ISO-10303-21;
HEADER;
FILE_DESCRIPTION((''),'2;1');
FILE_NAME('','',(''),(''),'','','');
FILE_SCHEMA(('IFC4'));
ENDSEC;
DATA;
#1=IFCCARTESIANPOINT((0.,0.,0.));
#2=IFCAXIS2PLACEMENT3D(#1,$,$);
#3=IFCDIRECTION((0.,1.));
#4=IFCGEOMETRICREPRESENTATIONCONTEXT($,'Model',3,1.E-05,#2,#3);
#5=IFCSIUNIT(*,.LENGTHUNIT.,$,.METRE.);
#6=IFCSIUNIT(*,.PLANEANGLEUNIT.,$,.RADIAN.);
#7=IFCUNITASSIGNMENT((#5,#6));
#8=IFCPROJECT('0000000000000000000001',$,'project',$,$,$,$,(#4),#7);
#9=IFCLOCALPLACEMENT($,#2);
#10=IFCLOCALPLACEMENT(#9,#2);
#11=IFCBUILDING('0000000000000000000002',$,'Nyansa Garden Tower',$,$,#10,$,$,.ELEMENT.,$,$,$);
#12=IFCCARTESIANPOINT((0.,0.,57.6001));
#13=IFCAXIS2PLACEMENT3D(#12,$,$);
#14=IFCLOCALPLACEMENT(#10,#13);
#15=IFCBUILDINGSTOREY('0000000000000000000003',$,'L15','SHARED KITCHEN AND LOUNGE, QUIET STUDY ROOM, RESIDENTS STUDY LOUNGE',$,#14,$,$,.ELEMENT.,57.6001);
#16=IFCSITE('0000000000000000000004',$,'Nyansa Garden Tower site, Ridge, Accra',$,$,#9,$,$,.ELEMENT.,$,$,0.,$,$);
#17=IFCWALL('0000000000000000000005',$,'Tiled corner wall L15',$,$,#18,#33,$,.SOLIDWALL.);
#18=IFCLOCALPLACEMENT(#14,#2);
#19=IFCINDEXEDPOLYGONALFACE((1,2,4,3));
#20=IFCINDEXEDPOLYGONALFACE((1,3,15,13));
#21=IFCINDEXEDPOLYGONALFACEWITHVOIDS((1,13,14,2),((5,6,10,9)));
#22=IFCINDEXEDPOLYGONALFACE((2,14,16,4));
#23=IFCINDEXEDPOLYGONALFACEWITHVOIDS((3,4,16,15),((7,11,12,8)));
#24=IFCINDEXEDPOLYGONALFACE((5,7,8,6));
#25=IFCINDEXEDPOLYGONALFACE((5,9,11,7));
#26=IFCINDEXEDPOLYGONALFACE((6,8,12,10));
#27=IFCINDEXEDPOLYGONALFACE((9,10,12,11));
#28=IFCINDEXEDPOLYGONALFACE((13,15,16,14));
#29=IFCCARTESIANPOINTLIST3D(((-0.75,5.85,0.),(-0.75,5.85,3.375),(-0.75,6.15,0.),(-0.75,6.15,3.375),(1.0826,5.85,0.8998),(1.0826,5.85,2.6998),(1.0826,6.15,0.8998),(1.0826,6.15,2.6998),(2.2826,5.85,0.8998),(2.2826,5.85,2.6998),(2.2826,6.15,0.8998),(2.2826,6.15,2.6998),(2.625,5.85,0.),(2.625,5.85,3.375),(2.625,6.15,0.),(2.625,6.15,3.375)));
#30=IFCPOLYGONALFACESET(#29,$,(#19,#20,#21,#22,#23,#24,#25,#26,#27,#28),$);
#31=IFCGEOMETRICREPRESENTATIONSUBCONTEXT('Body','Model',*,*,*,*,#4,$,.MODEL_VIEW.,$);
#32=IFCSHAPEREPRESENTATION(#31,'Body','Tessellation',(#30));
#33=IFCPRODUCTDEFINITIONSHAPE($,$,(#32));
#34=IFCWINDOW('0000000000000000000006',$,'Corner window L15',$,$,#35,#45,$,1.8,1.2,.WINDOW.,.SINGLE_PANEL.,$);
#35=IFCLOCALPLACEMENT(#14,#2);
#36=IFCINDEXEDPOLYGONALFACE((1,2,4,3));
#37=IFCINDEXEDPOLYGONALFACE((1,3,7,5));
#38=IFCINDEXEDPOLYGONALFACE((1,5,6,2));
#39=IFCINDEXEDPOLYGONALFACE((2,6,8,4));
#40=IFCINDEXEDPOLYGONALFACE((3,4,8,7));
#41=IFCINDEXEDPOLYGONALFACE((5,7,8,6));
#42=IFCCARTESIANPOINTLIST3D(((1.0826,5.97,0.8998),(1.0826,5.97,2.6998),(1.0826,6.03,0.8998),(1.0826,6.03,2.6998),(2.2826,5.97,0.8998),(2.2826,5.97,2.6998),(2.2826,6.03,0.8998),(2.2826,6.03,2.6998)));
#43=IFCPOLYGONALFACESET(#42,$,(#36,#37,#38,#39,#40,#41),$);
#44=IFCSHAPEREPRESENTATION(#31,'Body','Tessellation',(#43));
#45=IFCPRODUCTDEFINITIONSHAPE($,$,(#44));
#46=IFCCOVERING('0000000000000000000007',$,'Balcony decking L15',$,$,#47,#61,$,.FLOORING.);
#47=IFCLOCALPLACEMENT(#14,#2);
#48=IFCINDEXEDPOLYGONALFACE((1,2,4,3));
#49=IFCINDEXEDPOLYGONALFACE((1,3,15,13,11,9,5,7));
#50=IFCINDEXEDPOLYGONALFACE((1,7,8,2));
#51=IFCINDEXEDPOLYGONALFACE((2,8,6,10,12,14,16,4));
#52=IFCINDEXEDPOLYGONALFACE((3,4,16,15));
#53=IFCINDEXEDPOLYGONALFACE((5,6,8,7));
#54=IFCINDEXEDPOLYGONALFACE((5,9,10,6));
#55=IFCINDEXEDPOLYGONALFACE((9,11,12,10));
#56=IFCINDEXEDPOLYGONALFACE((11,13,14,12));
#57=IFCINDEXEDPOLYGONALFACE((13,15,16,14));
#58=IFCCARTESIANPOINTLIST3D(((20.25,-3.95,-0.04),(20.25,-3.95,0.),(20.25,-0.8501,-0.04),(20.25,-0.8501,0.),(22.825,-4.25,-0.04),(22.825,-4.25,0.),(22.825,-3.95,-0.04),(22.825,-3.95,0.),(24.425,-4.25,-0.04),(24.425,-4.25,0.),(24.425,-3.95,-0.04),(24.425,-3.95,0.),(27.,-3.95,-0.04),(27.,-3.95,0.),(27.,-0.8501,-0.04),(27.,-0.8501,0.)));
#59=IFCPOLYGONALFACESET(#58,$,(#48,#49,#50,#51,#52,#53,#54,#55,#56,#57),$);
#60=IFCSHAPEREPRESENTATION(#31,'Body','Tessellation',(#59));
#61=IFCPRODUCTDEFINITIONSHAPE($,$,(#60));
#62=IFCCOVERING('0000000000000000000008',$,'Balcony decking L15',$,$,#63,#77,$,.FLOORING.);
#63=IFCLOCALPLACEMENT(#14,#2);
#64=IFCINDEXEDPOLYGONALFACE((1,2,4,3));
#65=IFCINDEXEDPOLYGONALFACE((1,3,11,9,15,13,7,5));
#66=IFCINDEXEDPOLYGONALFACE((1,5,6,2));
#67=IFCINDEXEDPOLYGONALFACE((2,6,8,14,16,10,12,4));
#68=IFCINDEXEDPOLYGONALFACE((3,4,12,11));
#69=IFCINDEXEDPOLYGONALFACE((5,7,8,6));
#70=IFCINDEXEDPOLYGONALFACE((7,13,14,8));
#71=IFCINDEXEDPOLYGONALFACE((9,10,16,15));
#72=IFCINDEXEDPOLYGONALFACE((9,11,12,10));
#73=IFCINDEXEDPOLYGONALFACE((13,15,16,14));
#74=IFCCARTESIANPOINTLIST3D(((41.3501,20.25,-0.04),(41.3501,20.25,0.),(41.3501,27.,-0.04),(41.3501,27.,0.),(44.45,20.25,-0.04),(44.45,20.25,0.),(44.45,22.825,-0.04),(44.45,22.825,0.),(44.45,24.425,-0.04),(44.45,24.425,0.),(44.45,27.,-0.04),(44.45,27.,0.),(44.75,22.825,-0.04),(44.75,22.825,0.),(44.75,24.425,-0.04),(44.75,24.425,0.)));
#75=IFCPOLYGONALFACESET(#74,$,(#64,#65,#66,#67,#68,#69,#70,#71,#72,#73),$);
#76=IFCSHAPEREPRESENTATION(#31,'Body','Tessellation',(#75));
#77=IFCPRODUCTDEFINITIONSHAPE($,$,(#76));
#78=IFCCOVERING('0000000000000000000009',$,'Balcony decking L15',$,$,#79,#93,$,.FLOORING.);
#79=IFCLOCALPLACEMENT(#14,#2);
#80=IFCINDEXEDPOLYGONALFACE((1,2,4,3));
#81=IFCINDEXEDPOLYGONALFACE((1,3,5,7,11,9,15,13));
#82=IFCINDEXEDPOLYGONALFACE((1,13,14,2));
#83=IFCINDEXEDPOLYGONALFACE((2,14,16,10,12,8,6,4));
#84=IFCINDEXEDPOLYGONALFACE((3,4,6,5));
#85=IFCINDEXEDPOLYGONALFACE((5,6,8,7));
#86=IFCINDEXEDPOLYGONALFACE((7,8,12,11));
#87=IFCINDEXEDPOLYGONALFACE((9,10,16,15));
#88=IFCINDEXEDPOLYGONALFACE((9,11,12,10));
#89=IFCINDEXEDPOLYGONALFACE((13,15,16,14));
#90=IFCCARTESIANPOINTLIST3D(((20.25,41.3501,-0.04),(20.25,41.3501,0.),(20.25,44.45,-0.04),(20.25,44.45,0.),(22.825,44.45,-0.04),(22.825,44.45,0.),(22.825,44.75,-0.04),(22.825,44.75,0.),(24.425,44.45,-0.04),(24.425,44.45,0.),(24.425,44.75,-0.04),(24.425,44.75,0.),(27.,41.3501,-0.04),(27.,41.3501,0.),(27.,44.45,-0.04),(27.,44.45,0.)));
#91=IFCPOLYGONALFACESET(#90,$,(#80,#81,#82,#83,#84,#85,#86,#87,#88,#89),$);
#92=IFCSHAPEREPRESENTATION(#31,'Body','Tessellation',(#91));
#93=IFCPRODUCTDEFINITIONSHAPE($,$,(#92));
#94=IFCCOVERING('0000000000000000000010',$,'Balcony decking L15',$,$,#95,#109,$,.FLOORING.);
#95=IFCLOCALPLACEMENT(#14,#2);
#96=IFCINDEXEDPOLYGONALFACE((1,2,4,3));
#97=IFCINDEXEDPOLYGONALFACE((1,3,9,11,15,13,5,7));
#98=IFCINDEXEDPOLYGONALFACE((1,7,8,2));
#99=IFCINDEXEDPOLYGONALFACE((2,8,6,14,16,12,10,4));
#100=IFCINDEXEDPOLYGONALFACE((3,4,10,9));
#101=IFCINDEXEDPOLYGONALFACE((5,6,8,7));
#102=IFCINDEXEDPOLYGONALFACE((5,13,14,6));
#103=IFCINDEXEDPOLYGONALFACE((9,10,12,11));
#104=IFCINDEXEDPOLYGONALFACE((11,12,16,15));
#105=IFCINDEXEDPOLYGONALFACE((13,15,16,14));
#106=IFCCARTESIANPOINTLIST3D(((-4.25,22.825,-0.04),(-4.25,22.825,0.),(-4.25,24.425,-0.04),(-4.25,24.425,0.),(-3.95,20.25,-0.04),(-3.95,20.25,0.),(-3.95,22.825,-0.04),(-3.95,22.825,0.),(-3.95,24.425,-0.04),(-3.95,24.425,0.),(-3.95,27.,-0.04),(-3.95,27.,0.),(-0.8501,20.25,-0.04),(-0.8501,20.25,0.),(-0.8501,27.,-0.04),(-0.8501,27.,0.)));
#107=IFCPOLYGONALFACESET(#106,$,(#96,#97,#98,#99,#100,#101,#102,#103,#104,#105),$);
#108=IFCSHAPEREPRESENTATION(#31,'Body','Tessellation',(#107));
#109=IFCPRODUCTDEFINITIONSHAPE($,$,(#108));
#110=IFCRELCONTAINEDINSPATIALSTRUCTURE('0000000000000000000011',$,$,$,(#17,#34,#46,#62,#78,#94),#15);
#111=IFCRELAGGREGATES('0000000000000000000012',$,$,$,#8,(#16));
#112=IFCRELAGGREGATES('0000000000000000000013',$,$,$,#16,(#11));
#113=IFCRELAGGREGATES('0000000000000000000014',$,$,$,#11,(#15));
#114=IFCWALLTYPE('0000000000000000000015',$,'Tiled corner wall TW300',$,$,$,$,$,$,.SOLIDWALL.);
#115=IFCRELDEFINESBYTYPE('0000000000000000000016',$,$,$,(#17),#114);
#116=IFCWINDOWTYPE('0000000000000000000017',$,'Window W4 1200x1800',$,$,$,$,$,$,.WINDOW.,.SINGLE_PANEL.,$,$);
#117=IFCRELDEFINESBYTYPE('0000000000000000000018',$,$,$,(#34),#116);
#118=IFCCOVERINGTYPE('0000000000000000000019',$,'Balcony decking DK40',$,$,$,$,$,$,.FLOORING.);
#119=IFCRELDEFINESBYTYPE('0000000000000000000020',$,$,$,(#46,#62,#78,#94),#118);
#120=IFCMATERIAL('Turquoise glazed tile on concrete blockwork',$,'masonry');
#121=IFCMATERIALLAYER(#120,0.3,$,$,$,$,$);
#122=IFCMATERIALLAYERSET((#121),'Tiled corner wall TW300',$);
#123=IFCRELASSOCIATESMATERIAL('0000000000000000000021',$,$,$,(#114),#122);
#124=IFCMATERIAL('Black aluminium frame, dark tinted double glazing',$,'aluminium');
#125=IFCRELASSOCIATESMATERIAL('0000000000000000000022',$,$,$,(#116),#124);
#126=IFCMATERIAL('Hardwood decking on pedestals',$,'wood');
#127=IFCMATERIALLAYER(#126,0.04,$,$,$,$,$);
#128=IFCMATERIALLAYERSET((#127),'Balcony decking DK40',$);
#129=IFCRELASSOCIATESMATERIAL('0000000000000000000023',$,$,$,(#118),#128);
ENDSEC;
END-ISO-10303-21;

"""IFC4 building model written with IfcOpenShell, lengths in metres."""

from ifc_helpers import new_model, si_unit, direction, frame, frame_2d, origin, place, context, subcontext, project, spatial, polyline, rectangle, outline, extrude, material, layer, layer_set, type_object, element, fill, save


model = new_model("IFC4")

# Units and contexts
model_context = context("Model", 3, precision=1e-05, world=origin(), true_north=direction((0.0, 1.0)))
body_context = subcontext(model_context, "Body", "Model", "MODEL_VIEW")
ifc_project = project(units=[si_unit("LENGTHUNIT", "METRE"), si_unit("PLANEANGLEUNIT", "RADIAN")], contexts=[model_context])

# Site, building, storey
site_placement = place(None, origin())
site = spatial("IfcSite", under=ifc_project, at=site_placement, Name="Nyansa Garden Tower site, Ridge, Accra", CompositionType="ELEMENT", RefElevation=0.0)
building_placement = place(site_placement, origin())
building = spatial("IfcBuilding", under=site, at=building_placement, Name="Nyansa Garden Tower", CompositionType="ELEMENT")
storey_placement = place(building_placement, frame((0.0, 0.0, 57.6001)))
storey = spatial("IfcBuildingStorey", under=building, at=storey_placement, Name="L15", Description="SHARED KITCHEN AND LOUNGE, QUIET STUDY ROOM, RESIDENTS STUDY LOUNGE", CompositionType="ELEMENT", Elevation=57.6001)

# Wall, opening, window
ifc_material_1 = material(Name="Turquoise glazed tile on concrete blockwork", Category="masonry")
ifc_layer_1 = layer(ifc_material_1, 0.3)
ifc_layer_set_1 = layer_set([ifc_layer_1], Name="Tiled corner wall TW300")
wall_type = type_object("IfcWallType", Name="Tiled corner wall TW300", PredefinedType="SOLIDWALL", material=ifc_layer_set_1)
wall_placement = place(storey_placement, frame((-0.75, 6.0, 0.0), z_axis=(0.0, 0.0, 1.0), x_axis=(1.0, 0.0, 0.0)))
wall = element("IfcWall", 1, at=wall_placement, inside=storey, type_object=wall_type, Name="Tiled corner wall L15", PredefinedType="SOLIDWALL", context=body_context, shape_type="SweptSolid", body=[
    extrude(rectangle(XDim=3.375, YDim=0.3, at=frame_2d((1.6875, 0.0))), origin(), (0.0, 0.0, 1.0), 3.375),
])
opening_placement = place(wall_placement, frame((1.8325, 0.0, 0.8999)))
opening = element("IfcOpeningElement", 2, at=opening_placement, cuts=wall, PredefinedType="OPENING", context=body_context, shape_type="SweptSolid", body=[
    extrude(rectangle(XDim=1.2, YDim=1.8, at=frame_2d((0.6001, 0.8999))), frame((0.0, 0.1599, 0.0), z_axis=(0.0, -1.0, 0.0), x_axis=(1.0, 0.0, 0.0)), (0.0, 0.0, 1.0), 0.3201),
])
ifc_material_2 = material(Name="Black aluminium frame, dark tinted double glazing", Category="aluminium")
window_type = type_object("IfcWindowType", Name="Window W4 1200x1800", PartitioningType="SINGLE_PANEL", PredefinedType="WINDOW", material=ifc_material_2)
window_placement = place(opening_placement, origin())
window = element("IfcWindow", 3, at=window_placement, inside=storey, type_object=window_type, Name="Corner window L15", OverallHeight=1.8, OverallWidth=1.2, PartitioningType="SINGLE_PANEL", PredefinedType="WINDOW", context=body_context, shape_type="SweptSolid", body=[
    extrude(rectangle(XDim=1.2, YDim=1.8, at=frame_2d((0.6001, 0.8999))), frame((0.0, 0.03, 0.0), z_axis=(0.0, -1.0, 0.0), x_axis=(1.0, 0.0, 0.0)), (0.0, 0.0, 1.0), 0.0601),
])
fill(opening, window)

# Coverings
ifc_material_3 = material(Name="Hardwood decking on pedestals", Category="wood")
ifc_layer_2 = layer(ifc_material_3, 0.04)
ifc_layer_set_2 = layer_set([ifc_layer_2], Name="Balcony decking DK40")
covering_type = type_object("IfcCoveringType", Name="Balcony decking DK40", PredefinedType="FLOORING", material=ifc_layer_set_2)
covering_1_placement = place(storey_placement, frame((0.0, 0.0, -0.04)))
element("IfcCovering", 4, at=covering_1_placement, inside=storey, type_object=covering_type, Name="Balcony decking L15", PredefinedType="FLOORING", context=body_context, shape_type="SweptSolid", body=[
    extrude(outline(polyline([(20.25, -0.8501), (27.0, -0.8501), (27.0, -3.95), (24.425, -3.95), (24.425, -4.25), (22.825, -4.25), (22.825, -3.95), (20.25, -3.95), (20.25, -0.8501)])), origin(), (0.0, 0.0, 1.0), 0.04),
])
covering_2_placement = place(storey_placement, frame((0.0, 0.0, -0.04)))
element("IfcCovering", 5, at=covering_2_placement, inside=storey, type_object=covering_type, Name="Balcony decking L15", PredefinedType="FLOORING", context=body_context, shape_type="SweptSolid", body=[
    extrude(outline(polyline([(41.3501, 20.25), (41.3501, 27.0), (44.45, 27.0), (44.45, 24.425), (44.75, 24.425), (44.75, 22.825), (44.45, 22.825), (44.45, 20.25), (41.3501, 20.25)])), origin(), (0.0, 0.0, 1.0), 0.04),
])
covering_3_placement = place(storey_placement, frame((0.0, 0.0, -0.04)))
element("IfcCovering", 6, at=covering_3_placement, inside=storey, type_object=covering_type, Name="Balcony decking L15", PredefinedType="FLOORING", context=body_context, shape_type="SweptSolid", body=[
    extrude(outline(polyline([(20.25, 41.3501), (27.0, 41.3501), (27.0, 44.45), (24.425, 44.45), (24.425, 44.75), (22.825, 44.75), (22.825, 44.45), (20.25, 44.45), (20.25, 41.3501)])), origin(), (0.0, 0.0, 1.0), 0.04),
])
covering_4_placement = place(storey_placement, frame((0.0, 0.0, -0.04)))
element("IfcCovering", 7, at=covering_4_placement, inside=storey, type_object=covering_type, Name="Balcony decking L15", PredefinedType="FLOORING", context=body_context, shape_type="SweptSolid", body=[
    extrude(outline(polyline([(-0.8501, 20.25), (-0.8501, 27.0), (-3.95, 27.0), (-3.95, 24.425), (-4.25, 24.425), (-4.25, 22.825), (-3.95, 22.825), (-3.95, 20.25), (-0.8501, 20.25)])), origin(), (0.0, 0.0, 1.0), 0.04),
])

save(model, "model.ifc")
